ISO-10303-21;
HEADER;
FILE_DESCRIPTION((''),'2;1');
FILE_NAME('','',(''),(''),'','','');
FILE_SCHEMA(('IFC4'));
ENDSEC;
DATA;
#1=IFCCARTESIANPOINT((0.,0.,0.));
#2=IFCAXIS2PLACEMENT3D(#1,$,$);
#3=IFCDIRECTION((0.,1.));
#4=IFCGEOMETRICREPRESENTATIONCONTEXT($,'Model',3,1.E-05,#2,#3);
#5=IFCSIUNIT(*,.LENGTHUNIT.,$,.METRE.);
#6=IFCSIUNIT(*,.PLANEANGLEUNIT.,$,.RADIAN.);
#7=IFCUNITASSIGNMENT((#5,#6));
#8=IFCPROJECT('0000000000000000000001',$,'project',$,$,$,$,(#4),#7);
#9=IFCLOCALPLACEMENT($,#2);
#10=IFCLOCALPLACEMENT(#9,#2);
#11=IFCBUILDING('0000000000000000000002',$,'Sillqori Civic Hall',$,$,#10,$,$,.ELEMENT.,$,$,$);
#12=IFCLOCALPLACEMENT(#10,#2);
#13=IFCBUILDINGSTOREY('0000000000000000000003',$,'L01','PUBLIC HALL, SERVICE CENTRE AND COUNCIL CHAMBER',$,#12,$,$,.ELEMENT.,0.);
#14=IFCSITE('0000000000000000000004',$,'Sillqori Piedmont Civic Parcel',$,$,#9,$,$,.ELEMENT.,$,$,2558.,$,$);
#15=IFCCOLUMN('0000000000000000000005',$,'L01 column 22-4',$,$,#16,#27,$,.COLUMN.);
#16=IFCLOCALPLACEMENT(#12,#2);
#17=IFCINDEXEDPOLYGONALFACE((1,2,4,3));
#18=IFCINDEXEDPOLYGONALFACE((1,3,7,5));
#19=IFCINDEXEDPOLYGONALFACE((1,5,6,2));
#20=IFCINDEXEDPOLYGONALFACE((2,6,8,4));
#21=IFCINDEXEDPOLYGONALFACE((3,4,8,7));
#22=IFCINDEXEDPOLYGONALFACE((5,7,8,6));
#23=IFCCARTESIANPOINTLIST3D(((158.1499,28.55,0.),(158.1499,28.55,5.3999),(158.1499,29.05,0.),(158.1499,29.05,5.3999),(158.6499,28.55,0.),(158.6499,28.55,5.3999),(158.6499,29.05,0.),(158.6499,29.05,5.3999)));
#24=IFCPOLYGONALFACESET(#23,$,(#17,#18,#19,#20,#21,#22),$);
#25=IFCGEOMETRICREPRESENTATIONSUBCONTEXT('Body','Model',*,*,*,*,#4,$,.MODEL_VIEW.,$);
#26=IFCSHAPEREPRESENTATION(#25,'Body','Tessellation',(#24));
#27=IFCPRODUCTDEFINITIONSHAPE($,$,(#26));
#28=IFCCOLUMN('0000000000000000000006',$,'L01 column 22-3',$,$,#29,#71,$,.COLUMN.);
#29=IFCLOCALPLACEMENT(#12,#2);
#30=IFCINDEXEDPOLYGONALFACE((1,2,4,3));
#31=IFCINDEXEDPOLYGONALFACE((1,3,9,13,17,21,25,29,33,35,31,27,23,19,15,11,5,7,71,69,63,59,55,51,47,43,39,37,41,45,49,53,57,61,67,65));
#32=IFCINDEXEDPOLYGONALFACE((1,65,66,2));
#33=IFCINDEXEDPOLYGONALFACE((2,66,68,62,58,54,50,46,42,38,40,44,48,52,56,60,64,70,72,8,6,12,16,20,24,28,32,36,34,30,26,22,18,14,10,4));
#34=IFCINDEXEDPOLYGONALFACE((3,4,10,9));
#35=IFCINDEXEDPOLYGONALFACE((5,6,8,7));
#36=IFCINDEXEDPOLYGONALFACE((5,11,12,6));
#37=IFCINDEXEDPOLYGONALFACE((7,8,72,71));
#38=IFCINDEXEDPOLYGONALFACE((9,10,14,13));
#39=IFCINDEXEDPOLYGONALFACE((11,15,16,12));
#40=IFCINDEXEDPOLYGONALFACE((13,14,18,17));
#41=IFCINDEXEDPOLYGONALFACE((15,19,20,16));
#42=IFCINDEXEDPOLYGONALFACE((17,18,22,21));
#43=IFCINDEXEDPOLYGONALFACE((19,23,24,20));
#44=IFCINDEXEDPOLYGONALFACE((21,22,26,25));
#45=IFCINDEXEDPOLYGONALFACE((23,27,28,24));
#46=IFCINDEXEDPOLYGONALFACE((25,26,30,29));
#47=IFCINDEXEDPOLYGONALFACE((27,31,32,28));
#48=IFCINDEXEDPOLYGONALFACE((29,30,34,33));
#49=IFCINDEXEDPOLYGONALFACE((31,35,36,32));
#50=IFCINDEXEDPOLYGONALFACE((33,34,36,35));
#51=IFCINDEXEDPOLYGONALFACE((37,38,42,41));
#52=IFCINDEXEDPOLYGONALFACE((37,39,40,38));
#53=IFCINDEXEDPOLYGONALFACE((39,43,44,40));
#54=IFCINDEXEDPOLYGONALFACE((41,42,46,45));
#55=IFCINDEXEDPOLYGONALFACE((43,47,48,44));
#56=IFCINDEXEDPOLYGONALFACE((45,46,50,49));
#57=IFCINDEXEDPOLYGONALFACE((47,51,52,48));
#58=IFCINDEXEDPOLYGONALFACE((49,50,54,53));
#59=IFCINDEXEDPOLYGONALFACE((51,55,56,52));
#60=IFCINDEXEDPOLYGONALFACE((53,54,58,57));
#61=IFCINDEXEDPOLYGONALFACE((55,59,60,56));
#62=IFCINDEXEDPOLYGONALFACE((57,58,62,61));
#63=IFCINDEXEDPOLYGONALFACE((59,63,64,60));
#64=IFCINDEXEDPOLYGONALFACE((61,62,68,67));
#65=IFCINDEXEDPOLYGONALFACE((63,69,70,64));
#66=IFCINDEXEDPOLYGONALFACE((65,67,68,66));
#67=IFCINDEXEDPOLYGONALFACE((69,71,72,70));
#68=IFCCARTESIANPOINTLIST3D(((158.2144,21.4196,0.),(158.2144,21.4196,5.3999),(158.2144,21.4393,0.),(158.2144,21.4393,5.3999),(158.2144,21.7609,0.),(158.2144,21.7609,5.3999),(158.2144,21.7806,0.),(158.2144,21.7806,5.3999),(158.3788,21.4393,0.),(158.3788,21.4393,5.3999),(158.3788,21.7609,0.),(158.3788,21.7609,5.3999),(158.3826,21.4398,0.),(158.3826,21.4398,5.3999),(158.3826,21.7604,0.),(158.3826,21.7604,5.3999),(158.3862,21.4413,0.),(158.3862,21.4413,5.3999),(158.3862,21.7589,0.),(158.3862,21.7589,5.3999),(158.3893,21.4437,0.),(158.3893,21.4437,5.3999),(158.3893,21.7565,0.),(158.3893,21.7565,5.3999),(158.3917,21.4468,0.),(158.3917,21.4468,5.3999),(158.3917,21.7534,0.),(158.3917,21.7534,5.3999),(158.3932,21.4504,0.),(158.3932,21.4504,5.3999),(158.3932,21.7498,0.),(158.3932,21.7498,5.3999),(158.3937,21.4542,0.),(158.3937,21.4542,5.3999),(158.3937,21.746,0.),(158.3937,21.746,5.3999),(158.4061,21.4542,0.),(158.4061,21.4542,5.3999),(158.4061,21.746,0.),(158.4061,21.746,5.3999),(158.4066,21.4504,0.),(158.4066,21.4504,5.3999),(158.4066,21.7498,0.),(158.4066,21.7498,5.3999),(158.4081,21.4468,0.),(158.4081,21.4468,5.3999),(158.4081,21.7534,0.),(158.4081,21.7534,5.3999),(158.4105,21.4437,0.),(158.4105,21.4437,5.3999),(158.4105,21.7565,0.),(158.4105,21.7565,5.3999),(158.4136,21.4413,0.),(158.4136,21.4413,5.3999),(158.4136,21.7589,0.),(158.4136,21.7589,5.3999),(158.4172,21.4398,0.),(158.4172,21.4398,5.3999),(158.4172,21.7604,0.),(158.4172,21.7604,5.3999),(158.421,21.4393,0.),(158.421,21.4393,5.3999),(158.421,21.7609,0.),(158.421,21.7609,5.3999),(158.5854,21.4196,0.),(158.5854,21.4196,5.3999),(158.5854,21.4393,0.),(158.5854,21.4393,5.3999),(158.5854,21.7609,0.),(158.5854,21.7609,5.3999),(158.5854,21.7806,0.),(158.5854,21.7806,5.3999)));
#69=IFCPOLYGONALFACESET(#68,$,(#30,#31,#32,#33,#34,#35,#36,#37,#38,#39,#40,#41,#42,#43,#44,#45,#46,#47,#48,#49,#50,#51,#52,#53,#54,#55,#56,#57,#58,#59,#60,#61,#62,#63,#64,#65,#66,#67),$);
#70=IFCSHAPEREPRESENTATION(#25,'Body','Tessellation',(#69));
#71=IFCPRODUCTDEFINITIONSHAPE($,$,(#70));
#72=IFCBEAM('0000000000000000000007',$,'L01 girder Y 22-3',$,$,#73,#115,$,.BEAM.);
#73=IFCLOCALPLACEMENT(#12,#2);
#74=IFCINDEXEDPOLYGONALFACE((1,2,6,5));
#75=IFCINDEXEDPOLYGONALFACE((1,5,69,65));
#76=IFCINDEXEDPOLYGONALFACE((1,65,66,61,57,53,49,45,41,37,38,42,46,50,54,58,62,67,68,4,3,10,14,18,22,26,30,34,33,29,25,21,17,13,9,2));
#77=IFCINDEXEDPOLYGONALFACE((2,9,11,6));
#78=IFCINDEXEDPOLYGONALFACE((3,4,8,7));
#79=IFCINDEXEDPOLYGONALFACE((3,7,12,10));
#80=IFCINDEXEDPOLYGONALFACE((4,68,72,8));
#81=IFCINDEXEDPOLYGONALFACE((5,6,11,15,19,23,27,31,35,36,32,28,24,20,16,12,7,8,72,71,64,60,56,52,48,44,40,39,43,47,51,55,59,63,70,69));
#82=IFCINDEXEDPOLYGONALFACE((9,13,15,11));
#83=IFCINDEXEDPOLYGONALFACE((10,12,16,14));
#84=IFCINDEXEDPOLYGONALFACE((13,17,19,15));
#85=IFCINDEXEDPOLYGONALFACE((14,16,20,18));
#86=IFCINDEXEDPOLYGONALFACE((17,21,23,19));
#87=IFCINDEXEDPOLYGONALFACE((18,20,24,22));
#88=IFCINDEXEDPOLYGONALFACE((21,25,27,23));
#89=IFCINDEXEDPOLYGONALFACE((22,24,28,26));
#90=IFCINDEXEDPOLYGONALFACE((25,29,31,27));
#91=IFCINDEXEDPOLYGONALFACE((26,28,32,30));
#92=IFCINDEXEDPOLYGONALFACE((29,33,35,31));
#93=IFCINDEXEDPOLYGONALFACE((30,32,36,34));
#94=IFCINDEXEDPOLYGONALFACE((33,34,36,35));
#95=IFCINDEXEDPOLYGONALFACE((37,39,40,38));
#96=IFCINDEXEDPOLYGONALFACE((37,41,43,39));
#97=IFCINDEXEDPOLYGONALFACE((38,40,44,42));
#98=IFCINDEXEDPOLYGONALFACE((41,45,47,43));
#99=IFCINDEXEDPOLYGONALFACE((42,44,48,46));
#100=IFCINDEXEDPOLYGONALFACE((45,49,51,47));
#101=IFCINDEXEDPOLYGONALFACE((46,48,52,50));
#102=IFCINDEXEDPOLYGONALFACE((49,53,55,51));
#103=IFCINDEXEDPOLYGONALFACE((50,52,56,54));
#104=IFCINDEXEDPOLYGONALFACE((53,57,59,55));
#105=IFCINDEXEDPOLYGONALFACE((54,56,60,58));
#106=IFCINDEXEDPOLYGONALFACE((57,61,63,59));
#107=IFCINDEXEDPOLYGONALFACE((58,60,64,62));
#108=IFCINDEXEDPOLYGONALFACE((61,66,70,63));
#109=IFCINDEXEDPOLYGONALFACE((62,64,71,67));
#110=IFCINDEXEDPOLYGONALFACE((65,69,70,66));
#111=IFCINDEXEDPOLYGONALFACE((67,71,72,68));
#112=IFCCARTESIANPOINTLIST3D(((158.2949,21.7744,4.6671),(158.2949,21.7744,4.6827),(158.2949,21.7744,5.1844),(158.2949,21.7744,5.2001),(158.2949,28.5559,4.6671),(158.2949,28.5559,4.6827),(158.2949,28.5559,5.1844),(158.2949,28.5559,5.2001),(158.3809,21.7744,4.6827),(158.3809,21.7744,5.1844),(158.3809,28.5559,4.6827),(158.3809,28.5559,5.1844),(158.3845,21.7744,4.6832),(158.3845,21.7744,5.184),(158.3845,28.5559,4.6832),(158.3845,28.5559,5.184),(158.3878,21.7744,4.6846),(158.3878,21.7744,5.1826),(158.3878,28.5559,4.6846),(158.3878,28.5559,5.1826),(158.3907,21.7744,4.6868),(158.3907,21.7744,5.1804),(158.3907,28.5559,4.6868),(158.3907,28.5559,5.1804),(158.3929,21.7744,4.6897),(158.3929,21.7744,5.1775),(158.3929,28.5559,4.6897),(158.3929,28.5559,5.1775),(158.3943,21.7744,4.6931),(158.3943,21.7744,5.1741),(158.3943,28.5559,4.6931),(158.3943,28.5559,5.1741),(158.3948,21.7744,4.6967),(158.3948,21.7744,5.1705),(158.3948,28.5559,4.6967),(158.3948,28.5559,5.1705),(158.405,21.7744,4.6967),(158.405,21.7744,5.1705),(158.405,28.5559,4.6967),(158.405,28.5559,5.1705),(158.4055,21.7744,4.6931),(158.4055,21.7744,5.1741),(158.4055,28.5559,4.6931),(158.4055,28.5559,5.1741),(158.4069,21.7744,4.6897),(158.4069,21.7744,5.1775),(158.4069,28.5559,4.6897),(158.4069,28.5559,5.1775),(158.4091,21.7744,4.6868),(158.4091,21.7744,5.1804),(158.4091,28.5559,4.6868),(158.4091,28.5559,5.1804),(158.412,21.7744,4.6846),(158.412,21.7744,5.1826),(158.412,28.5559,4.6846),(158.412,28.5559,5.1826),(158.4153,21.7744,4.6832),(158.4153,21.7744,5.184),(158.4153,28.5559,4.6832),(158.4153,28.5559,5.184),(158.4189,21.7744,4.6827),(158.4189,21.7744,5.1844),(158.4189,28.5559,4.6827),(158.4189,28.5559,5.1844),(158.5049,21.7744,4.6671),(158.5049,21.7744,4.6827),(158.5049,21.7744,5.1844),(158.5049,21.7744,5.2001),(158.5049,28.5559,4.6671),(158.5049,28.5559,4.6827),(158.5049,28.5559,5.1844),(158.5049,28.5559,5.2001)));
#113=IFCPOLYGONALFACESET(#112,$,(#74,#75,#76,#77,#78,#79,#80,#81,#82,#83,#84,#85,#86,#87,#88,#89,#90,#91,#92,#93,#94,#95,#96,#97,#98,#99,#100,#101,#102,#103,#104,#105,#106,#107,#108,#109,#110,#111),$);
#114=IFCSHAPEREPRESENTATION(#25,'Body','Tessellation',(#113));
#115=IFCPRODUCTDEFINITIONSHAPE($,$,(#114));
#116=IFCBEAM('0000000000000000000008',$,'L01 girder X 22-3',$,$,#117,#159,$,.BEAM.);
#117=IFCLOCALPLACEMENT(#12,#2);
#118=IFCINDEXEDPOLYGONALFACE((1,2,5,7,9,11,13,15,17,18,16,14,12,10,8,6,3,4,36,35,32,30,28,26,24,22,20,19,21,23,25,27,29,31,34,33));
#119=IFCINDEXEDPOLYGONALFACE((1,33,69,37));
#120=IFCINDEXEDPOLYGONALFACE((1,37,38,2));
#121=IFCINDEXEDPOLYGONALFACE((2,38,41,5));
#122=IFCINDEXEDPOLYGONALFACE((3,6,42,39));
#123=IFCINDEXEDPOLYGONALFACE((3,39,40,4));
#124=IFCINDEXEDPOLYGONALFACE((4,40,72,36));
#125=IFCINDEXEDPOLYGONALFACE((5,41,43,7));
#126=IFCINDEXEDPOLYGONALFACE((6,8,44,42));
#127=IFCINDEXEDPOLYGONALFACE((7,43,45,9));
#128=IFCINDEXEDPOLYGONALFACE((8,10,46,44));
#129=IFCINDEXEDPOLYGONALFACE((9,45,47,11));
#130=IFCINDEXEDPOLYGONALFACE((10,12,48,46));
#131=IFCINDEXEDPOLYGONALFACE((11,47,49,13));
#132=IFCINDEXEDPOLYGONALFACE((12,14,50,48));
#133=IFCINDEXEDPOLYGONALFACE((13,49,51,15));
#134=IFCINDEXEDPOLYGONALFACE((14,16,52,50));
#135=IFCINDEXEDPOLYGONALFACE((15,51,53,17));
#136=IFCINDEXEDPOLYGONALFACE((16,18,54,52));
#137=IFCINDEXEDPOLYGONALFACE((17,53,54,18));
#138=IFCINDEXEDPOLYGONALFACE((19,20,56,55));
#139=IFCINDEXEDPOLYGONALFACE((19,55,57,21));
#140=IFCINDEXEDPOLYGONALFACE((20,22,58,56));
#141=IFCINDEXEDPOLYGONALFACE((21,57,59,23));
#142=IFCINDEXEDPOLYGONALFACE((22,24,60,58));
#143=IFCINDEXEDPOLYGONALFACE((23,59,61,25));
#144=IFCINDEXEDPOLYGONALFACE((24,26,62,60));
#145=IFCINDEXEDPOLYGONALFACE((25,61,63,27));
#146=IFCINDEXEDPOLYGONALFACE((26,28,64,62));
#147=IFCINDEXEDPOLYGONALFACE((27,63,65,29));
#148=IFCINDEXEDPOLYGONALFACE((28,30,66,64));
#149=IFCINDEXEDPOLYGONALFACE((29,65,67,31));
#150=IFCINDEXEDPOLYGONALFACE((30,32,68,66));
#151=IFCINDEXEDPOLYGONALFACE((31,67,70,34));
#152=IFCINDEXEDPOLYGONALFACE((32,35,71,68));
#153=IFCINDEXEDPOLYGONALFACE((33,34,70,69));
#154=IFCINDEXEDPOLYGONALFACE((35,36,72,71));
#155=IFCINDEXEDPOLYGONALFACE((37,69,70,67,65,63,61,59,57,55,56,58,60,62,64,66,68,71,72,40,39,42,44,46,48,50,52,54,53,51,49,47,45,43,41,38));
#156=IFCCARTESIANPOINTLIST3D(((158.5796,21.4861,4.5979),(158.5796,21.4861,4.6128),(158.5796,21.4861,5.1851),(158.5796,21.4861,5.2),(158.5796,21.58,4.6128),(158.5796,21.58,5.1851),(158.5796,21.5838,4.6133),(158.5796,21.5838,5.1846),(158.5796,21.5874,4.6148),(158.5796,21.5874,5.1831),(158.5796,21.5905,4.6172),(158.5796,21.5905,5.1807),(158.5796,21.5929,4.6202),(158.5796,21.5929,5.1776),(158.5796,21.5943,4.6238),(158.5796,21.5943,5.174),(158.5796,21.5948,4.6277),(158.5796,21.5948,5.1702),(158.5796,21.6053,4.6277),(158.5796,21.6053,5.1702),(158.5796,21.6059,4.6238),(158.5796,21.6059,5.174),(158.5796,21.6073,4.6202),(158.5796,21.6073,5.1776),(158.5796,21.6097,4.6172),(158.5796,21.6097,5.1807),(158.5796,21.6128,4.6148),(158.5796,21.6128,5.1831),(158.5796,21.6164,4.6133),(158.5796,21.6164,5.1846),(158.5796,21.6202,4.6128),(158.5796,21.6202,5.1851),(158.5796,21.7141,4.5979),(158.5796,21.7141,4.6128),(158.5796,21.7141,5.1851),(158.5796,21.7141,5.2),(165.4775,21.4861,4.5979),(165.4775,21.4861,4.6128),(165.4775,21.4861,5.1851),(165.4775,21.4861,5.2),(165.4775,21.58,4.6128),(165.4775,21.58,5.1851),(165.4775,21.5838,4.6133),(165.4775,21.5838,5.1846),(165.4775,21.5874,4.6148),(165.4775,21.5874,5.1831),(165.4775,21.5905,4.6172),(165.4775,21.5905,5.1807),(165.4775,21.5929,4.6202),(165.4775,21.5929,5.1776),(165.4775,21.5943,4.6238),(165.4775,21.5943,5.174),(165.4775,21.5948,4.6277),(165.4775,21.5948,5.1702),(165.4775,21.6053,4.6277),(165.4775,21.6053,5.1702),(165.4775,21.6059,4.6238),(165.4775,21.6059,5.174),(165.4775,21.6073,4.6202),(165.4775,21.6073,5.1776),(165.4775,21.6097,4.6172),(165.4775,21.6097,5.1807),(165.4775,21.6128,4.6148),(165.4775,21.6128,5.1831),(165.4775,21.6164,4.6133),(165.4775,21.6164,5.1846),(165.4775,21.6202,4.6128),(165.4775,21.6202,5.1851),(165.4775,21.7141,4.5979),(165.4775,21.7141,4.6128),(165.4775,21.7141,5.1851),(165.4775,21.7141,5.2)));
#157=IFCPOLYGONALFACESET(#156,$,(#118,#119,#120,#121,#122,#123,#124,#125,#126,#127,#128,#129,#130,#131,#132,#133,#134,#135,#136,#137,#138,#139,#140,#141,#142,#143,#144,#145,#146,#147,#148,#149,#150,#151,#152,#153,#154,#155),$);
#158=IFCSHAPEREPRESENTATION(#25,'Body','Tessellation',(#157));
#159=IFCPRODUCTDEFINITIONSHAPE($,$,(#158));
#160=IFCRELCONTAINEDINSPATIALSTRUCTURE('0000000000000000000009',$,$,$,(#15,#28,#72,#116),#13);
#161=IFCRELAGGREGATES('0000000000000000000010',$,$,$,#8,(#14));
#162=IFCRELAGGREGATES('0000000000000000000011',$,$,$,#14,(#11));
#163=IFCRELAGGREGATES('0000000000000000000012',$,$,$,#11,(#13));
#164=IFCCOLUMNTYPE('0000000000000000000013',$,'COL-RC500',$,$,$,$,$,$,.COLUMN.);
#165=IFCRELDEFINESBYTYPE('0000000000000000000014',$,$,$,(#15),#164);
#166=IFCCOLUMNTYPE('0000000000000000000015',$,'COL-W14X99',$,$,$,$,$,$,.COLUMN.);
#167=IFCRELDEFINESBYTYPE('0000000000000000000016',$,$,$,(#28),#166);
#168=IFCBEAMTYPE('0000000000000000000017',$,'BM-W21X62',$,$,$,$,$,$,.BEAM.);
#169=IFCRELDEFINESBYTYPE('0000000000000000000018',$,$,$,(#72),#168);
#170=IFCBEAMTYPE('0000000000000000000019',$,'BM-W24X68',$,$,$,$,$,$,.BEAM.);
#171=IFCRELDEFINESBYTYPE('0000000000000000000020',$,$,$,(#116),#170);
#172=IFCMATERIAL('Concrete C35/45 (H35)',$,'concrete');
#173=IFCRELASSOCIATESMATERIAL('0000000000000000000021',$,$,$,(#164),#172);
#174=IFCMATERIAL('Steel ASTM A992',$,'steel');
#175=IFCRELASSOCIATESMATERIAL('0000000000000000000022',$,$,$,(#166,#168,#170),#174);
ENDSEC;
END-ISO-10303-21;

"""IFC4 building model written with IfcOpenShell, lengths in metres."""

from ifc_helpers import new_model, si_unit, direction, frame, origin, origin_2d, place, context, subcontext, project, spatial, rectangle, i_section, extrude, material, material_profile, profile_set, type_object, element, save


model = new_model("IFC4")

# Units and contexts
model_context = context("Model", 3, precision=1e-05, world=origin(), true_north=direction((0.0, 1.0)))
body_context = subcontext(model_context, "Body", "Model", "MODEL_VIEW")
ifc_project = project(units=[si_unit("LENGTHUNIT", "METRE"), si_unit("PLANEANGLEUNIT", "RADIAN")], contexts=[model_context])

# Site, building, storey
site_placement = place(None, origin())
site = spatial("IfcSite", under=ifc_project, at=site_placement, Name="Sillqori Piedmont Civic Parcel", CompositionType="ELEMENT", RefElevation=2558.0)
building_placement = place(site_placement, origin())
building = spatial("IfcBuilding", under=site, at=building_placement, Name="Sillqori Civic Hall", CompositionType="ELEMENT")
storey_placement = place(building_placement, origin())
storey = spatial("IfcBuildingStorey", under=building, at=storey_placement, Name="L01", Description="PUBLIC HALL, SERVICE CENTRE AND COUNCIL CHAMBER", CompositionType="ELEMENT", Elevation=0.0)

# Columns
ifc_material_1 = material(Name="Concrete C35/45 (H35)", Category="concrete")
ifc_material_profile_1 = material_profile(ifc_material_1, rectangle(XDim=0.5, YDim=0.5, at=origin_2d()), Name="RC 500x500")
ifc_profile_set_1 = profile_set([ifc_material_profile_1], Name="Concrete C35/45 (H35)")
column_type_1 = type_object("IfcColumnType", Name="COL-RC500", PredefinedType="COLUMN", material=ifc_profile_set_1)
column_1_placement = place(storey_placement, frame((158.3999, 28.8, 0.0), z_axis=(0.0, 0.0, 1.0), x_axis=(1.0, 0.0, 0.0)))
element("IfcColumn", 1, at=column_1_placement, inside=storey, type_object=column_type_1, Name="L01 column 22-4", PredefinedType="COLUMN", context=body_context, shape_type="SweptSolid", body=[
    extrude(rectangle(XDim=0.5, YDim=0.5, at=origin_2d()), origin(), (0.0, 0.0, 1.0), 5.3999),
])
ifc_material_2 = material(Name="Steel ASTM A992", Category="steel")
ifc_material_profile_2 = material_profile(ifc_material_2, i_section(OverallWidth=0.3711, OverallDepth=0.3611, WebThickness=0.0125, FlangeThickness=0.0198, FilletRadius=0.0149, at=origin_2d()), Name="W14X99")
ifc_profile_set_2 = profile_set([ifc_material_profile_2], Name="Steel ASTM A992")
column_type_2 = type_object("IfcColumnType", Name="COL-W14X99", PredefinedType="COLUMN", material=ifc_profile_set_2)
column_2_placement = place(storey_placement, frame((158.3999, 21.6001, 0.0), z_axis=(0.0, 0.0, 1.0), x_axis=(1.0, 0.0, 0.0)))
element("IfcColumn", 2, at=column_2_placement, inside=storey, type_object=column_type_2, Name="L01 column 22-3", PredefinedType="COLUMN", context=body_context, shape_type="SweptSolid", body=[
    extrude(i_section(OverallWidth=0.3711, OverallDepth=0.3611, WebThickness=0.0125, FlangeThickness=0.0198, FilletRadius=0.0149, at=origin_2d()), origin(), (0.0, 0.0, 1.0), 5.3999),
])

# Beams
ifc_material_profile_3 = material_profile(ifc_material_2, i_section(OverallWidth=0.21, OverallDepth=0.533, WebThickness=0.0103, FlangeThickness=0.0156, FilletRadius=0.0139, at=origin_2d()), Name="W21X62")
ifc_profile_set_3 = profile_set([ifc_material_profile_3], Name="Steel ASTM A992")
beam_type_1 = type_object("IfcBeamType", Name="BM-W21X62", PredefinedType="BEAM", material=ifc_profile_set_3)
beam_1_placement = place(storey_placement, frame((158.3999, 21.7744, 4.9336), z_axis=(0.0, 1.0, 0.0), x_axis=(-1.0, 0.0, 0.0)))
element("IfcBeam", 3, at=beam_1_placement, inside=storey, type_object=beam_type_1, Name="L01 girder Y 22-3", PredefinedType="BEAM", context=body_context, shape_type="SweptSolid", body=[
    extrude(i_section(OverallWidth=0.21, OverallDepth=0.533, WebThickness=0.0103, FlangeThickness=0.0156, FilletRadius=0.0139, at=origin_2d()), origin(), (0.0, 0.0, 1.0), 6.7815),
])
ifc_material_profile_4 = material_profile(ifc_material_2, i_section(OverallWidth=0.228, OverallDepth=0.6021, WebThickness=0.0105, FlangeThickness=0.0149, FilletRadius=0.0149, at=origin_2d()), Name="W24X68")
ifc_profile_set_4 = profile_set([ifc_material_profile_4], Name="Steel ASTM A992")
beam_type_2 = type_object("IfcBeamType", Name="BM-W24X68", PredefinedType="BEAM", material=ifc_profile_set_4)
beam_2_placement = place(storey_placement, frame((158.5796, 21.6001, 4.8989), z_axis=(1.0, 0.0, 0.0), x_axis=(0.0, 1.0, 0.0)))
element("IfcBeam", 4, at=beam_2_placement, inside=storey, type_object=beam_type_2, Name="L01 girder X 22-3", PredefinedType="BEAM", context=body_context, shape_type="SweptSolid", body=[
    extrude(i_section(OverallWidth=0.228, OverallDepth=0.6021, WebThickness=0.0105, FlangeThickness=0.0149, FilletRadius=0.0149, at=origin_2d()), origin(), (0.0, 0.0, 1.0), 6.8979),
])

save(model, "model.ifc")
